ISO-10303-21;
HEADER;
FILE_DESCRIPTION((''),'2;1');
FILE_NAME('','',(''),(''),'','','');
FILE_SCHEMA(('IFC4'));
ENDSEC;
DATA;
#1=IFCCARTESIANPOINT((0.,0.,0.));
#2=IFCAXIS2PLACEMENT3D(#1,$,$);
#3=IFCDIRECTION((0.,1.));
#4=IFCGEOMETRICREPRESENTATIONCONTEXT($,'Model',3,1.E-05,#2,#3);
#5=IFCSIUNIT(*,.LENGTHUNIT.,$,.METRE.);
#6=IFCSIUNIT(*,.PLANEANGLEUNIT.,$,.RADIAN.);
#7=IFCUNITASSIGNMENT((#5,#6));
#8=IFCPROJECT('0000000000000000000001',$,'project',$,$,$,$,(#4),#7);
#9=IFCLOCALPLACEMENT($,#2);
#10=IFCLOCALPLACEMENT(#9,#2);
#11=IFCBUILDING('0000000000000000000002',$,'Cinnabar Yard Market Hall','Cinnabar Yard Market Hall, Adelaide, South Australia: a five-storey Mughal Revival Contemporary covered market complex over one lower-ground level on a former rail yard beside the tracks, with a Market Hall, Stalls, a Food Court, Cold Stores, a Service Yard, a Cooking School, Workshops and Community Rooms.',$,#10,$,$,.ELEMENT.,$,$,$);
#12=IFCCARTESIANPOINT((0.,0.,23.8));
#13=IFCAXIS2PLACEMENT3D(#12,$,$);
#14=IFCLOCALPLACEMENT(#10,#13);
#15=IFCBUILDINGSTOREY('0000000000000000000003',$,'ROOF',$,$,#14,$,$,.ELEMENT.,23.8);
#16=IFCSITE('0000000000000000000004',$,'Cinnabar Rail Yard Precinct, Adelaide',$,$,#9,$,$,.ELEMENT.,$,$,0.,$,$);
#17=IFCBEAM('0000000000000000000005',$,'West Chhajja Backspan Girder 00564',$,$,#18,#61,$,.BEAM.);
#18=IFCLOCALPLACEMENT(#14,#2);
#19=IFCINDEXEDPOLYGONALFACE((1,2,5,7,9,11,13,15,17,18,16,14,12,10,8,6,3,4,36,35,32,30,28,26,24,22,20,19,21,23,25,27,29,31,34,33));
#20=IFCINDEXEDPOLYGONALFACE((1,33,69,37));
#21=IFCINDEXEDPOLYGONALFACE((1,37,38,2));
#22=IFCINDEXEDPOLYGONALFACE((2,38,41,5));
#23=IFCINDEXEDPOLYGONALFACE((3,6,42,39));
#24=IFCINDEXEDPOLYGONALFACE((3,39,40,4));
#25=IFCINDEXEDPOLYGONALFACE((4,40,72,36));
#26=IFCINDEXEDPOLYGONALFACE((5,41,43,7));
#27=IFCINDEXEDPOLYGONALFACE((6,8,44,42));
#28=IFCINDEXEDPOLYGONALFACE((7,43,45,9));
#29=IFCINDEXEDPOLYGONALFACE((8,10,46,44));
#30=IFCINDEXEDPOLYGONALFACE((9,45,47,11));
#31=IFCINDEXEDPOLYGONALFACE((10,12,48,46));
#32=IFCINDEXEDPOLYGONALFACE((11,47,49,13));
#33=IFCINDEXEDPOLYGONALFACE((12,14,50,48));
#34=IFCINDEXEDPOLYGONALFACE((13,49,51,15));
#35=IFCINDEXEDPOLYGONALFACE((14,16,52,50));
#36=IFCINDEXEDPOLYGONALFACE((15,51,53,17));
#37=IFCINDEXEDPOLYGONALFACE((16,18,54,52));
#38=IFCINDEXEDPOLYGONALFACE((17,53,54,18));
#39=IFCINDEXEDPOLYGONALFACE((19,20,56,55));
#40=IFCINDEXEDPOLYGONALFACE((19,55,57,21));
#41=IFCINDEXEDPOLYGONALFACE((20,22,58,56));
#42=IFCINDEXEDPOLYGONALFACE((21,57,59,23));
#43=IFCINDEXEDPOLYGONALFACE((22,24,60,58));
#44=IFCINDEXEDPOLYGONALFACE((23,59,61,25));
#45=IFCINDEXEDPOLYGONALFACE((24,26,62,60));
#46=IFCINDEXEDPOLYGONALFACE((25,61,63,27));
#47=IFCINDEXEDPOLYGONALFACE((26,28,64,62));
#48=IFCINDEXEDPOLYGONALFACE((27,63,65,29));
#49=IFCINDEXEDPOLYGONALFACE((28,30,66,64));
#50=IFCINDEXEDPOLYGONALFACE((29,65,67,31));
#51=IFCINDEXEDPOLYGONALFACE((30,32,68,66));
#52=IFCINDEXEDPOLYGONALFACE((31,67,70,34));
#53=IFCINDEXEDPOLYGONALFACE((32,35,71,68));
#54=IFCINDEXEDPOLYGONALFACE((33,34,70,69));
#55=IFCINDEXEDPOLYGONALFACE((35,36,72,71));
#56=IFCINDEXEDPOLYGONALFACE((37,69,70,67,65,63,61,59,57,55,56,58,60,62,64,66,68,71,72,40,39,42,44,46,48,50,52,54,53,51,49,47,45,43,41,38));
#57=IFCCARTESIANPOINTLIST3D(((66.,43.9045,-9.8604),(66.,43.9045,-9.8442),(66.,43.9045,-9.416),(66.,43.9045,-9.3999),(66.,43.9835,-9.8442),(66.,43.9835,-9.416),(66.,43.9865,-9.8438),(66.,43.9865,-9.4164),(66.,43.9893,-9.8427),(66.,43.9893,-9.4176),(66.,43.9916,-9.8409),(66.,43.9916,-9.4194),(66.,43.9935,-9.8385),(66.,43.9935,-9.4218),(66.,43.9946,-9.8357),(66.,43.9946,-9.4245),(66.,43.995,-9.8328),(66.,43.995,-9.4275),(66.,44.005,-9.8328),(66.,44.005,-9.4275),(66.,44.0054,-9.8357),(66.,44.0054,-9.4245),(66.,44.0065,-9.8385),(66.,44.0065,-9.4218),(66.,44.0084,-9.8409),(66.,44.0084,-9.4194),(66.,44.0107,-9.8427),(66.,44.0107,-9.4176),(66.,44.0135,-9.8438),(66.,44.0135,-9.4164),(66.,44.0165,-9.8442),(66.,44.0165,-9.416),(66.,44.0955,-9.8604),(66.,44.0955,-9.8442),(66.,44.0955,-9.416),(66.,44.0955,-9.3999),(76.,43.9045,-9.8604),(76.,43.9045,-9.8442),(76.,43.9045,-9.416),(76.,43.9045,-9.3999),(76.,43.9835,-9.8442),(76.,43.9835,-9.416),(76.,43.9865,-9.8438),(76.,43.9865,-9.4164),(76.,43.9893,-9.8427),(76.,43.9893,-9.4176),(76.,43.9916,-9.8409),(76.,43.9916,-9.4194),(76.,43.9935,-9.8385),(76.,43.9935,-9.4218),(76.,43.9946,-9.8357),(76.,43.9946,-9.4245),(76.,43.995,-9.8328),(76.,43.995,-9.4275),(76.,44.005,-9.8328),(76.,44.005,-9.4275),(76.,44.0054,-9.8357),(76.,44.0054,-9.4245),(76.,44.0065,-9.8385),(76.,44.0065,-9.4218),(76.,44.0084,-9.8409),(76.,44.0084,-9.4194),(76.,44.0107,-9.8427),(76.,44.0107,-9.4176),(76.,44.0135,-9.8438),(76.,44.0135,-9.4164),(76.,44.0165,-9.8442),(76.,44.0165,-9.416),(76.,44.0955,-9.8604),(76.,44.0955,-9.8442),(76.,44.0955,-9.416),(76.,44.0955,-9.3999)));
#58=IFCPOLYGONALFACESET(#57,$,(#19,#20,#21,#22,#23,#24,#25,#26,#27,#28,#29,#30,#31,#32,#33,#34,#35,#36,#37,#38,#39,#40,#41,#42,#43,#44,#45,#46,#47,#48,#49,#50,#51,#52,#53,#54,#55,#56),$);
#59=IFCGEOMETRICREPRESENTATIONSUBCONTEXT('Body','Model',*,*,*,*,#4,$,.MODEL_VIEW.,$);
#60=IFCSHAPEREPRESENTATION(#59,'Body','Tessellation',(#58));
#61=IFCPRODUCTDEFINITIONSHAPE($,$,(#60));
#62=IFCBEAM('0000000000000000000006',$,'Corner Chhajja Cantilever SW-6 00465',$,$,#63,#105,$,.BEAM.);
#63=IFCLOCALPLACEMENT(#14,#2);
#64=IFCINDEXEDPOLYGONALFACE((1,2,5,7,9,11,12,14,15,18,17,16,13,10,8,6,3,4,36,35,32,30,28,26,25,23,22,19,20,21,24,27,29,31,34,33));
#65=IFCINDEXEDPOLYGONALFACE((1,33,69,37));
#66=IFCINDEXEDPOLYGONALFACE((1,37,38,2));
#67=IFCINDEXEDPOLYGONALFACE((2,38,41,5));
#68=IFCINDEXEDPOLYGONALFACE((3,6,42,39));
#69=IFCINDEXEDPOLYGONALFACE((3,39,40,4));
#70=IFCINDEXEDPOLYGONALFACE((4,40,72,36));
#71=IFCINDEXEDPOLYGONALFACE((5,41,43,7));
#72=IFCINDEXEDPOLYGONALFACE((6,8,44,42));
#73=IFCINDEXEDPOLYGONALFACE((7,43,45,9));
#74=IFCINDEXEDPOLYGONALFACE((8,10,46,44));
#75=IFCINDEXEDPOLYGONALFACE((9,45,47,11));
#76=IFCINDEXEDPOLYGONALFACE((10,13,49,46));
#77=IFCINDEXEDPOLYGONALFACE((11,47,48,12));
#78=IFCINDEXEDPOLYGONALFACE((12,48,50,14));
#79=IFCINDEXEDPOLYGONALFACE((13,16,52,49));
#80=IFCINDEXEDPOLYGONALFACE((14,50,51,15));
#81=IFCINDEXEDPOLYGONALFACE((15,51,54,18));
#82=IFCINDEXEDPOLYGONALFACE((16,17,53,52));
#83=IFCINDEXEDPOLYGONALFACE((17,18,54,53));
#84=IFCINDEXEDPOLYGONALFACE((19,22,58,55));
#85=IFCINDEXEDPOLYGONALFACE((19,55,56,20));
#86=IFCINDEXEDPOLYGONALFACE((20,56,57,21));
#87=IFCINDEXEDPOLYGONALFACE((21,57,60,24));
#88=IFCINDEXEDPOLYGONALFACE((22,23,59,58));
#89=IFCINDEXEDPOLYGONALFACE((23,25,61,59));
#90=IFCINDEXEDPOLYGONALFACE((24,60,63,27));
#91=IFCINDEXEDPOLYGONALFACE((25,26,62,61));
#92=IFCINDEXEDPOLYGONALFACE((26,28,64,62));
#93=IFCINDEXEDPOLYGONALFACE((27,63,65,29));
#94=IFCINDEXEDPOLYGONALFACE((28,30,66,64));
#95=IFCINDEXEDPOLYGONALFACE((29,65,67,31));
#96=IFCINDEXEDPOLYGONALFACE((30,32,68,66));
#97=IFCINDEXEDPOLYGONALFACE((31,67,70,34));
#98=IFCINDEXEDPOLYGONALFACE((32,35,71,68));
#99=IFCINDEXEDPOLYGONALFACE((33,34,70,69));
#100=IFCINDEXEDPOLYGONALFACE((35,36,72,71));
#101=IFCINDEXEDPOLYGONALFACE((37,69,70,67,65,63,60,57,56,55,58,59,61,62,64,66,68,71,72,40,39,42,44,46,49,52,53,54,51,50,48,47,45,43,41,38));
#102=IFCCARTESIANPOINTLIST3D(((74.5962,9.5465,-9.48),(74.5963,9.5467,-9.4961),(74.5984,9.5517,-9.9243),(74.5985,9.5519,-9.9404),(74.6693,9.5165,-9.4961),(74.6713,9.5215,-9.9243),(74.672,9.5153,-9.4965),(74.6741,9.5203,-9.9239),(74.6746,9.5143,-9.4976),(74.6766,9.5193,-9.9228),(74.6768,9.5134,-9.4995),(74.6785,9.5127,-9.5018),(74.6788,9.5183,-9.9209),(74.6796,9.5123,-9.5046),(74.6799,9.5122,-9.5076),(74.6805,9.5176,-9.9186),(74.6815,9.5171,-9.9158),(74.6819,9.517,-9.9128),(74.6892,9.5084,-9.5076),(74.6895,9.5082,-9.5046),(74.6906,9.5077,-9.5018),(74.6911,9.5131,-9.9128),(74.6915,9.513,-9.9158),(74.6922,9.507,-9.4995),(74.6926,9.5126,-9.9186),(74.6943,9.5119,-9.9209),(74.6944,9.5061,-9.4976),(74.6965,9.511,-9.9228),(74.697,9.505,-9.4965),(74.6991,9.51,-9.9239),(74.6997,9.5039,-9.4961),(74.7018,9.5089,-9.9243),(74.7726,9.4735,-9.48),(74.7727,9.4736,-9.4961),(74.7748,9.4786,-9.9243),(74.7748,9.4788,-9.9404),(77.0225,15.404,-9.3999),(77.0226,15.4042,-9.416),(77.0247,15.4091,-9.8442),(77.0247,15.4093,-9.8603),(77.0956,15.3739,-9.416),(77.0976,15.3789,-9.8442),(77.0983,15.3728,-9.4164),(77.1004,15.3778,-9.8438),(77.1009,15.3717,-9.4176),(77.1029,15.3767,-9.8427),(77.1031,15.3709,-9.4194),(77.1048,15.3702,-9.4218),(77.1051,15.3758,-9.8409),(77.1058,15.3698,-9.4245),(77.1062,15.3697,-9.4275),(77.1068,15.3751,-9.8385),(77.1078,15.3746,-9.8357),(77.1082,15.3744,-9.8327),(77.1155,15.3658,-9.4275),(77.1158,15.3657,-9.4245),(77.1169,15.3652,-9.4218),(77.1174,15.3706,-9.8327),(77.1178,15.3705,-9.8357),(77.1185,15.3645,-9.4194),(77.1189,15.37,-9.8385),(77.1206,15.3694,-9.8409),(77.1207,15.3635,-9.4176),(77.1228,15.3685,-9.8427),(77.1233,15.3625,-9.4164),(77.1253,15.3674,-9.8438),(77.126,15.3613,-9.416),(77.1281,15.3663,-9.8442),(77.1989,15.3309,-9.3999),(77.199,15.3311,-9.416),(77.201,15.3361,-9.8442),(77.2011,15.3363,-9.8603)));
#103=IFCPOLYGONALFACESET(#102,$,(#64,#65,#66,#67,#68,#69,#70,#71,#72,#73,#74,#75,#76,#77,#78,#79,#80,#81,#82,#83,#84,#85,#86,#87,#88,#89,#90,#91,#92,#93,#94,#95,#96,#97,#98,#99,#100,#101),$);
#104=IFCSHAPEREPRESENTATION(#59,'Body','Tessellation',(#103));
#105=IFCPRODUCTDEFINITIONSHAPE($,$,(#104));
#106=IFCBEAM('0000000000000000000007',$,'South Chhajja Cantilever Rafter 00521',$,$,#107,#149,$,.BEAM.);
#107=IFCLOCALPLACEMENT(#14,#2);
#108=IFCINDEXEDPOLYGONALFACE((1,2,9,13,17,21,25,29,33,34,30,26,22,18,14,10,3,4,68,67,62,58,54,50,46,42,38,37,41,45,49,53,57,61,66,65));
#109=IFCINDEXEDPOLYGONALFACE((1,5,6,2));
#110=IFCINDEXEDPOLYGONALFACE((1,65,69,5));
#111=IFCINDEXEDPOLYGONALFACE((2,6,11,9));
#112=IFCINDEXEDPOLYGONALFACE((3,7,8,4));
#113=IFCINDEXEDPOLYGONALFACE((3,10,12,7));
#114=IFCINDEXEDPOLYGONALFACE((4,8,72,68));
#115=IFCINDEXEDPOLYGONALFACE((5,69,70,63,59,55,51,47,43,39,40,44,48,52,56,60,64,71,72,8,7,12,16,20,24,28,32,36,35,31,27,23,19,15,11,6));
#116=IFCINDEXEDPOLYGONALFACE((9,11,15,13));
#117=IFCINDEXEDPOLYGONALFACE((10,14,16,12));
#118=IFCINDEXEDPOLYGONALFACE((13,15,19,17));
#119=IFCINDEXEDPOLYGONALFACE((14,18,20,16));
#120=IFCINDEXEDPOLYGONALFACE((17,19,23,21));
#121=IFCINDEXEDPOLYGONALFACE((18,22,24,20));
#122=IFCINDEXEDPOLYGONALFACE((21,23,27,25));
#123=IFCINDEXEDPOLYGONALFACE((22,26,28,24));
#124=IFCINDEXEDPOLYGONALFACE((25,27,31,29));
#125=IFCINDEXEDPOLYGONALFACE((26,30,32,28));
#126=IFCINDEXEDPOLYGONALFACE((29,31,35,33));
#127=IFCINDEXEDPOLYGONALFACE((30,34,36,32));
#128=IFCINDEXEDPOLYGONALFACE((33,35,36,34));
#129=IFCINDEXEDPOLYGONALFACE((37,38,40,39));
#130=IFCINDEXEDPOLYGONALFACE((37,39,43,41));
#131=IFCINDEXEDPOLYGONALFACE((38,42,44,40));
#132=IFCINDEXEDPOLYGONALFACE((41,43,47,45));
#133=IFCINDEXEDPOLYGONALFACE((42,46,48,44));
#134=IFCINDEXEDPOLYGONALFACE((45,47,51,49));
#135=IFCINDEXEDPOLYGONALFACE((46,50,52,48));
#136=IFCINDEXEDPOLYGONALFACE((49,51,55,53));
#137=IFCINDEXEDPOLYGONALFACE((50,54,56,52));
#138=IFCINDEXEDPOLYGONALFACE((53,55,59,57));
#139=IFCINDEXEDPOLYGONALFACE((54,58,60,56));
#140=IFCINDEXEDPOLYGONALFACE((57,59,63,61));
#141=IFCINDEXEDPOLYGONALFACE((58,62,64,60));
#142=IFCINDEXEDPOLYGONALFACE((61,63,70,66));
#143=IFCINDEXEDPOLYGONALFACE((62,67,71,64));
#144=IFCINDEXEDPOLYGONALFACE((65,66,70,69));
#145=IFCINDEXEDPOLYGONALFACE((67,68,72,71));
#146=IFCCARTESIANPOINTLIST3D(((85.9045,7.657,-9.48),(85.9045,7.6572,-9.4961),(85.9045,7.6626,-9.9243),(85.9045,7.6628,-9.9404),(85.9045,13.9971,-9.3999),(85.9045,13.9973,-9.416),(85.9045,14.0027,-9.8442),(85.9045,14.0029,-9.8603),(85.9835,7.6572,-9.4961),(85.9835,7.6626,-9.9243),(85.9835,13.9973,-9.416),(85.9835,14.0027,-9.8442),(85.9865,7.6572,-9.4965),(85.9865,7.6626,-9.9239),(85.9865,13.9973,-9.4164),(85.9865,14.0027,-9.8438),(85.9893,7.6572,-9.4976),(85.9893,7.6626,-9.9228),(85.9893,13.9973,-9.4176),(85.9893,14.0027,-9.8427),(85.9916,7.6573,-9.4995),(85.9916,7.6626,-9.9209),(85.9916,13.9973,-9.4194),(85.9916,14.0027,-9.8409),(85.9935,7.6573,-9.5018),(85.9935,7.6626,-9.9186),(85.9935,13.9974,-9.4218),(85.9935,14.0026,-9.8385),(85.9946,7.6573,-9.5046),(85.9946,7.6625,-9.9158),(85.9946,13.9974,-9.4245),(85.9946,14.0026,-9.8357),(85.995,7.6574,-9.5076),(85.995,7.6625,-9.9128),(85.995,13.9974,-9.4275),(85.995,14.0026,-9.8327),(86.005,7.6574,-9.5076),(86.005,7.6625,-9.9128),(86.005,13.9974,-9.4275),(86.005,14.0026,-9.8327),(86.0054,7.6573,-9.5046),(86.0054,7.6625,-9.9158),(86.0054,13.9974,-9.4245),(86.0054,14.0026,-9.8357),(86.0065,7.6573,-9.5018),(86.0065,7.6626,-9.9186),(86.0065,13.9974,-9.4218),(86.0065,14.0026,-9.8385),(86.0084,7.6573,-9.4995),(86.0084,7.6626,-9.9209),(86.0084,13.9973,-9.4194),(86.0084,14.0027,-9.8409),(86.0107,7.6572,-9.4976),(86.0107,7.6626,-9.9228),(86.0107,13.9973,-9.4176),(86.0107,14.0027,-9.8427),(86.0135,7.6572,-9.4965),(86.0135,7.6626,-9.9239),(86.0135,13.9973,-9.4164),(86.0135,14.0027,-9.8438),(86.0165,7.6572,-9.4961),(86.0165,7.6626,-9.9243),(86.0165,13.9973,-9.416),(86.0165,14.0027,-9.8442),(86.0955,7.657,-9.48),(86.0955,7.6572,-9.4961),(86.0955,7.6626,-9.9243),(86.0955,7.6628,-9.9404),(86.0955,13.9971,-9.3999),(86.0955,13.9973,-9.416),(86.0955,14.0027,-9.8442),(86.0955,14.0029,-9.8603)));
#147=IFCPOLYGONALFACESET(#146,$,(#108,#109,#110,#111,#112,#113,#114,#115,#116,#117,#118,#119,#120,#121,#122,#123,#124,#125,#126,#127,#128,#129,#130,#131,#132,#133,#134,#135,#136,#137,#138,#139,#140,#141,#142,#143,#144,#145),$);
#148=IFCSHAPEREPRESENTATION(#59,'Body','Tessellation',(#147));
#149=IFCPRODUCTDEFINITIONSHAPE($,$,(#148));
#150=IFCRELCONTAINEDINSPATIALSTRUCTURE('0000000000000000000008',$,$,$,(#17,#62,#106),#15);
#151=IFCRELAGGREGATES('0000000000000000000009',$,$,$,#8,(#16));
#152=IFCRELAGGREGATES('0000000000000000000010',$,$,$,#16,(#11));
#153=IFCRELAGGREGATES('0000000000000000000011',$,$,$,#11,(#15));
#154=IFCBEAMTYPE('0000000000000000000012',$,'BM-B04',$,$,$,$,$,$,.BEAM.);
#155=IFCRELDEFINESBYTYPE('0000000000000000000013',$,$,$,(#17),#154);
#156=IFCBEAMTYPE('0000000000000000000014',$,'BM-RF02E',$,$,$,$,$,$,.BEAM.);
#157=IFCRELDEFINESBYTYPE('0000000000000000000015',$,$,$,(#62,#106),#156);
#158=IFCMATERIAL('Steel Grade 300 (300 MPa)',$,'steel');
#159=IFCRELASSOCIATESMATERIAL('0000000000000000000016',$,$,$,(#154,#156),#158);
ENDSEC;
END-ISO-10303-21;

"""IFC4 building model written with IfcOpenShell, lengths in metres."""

from ifc_helpers import new_model, si_unit, direction, frame, origin, origin_2d_with_axis, place, context, subcontext, project, spatial, i_section, extrude, material, material_profile, profile_set, type_object, element, save


model = new_model("IFC4")

# Units and contexts
model_context = context("Model", 3, precision=1e-05, world=origin(), true_north=direction((0.0, 1.0)))
body_context = subcontext(model_context, "Body", "Model", "MODEL_VIEW")
ifc_project = project(units=[si_unit("LENGTHUNIT", "METRE"), si_unit("PLANEANGLEUNIT", "RADIAN")], contexts=[model_context])

# Site, building, storey
site_placement = place(None, origin())
site = spatial("IfcSite", under=ifc_project, at=site_placement, Name="Cinnabar Rail Yard Precinct, Adelaide", CompositionType="ELEMENT", RefElevation=0.0)
building_placement = place(site_placement, origin())
building = spatial("IfcBuilding", under=site, at=building_placement, Name="Cinnabar Yard Market Hall", Description="Cinnabar Yard Market Hall, Adelaide, South Australia: a five-storey Mughal Revival Contemporary covered market complex over one lower-ground level on a former rail yard beside the tracks, with a Market Hall, Stalls, a Food Court, Cold Stores, a Service Yard, a Cooking School, Workshops and Community Rooms.", CompositionType="ELEMENT")
storey_placement = place(building_placement, frame((0.0, 0.0, 23.8)))
storey = spatial("IfcBuildingStorey", under=building, at=storey_placement, Name="ROOF", CompositionType="ELEMENT", Elevation=23.8)

# Beams
ifc_material_1 = material(Name="Steel Grade 300 (300 MPa)", Category="steel")
ifc_material_profile_1 = material_profile(ifc_material_1, i_section(OverallWidth=0.1909, OverallDepth=0.4604, WebThickness=0.01, FlangeThickness=0.0161, FilletRadius=0.0115, at=origin_2d_with_axis()), Name="460UB82.1")
ifc_profile_set_1 = profile_set([ifc_material_profile_1], Name="Steel Grade 300 (300 MPa)")
beam_type_1 = type_object("IfcBeamType", Name="BM-B04", PredefinedType="BEAM", material=ifc_profile_set_1)
for number, where, z_axis, x_axis, name in (
    (1, (76.0, 44.0, -9.6301), (-1.0, 0.0, 0.0), (0.0, -1.0, 0.0), "West Chhajja Backspan Girder 00564"),
):
    element("IfcBeam", number, at=place(storey_placement, frame(where, z_axis=z_axis, x_axis=x_axis)), inside=storey, type_object=beam_type_1, Name=name, PredefinedType="BEAM", context=body_context, shape_type="SweptSolid", body=[
        extrude(i_section(OverallWidth=0.1909, OverallDepth=0.4604, WebThickness=0.01, FlangeThickness=0.0161, FilletRadius=0.0115, at=origin_2d_with_axis()), origin(), (0.0, 0.0, 1.0), 10.0),
    ])
ifc_material_profile_2 = material_profile(ifc_material_1, i_section(OverallWidth=0.1909, OverallDepth=0.4604, WebThickness=0.01, FlangeThickness=0.0161, FilletRadius=0.0115, at=origin_2d_with_axis()), Name="460UB82.1")
ifc_profile_set_2 = profile_set([ifc_material_profile_2], Name="Steel Grade 300 (300 MPa)")
beam_type_2 = type_object("IfcBeamType", Name="BM-RF02E", PredefinedType="BEAM", material=ifc_profile_set_2)
for number, where, z_axis, x_axis, name in (
    (2, (77.1118, 15.3701, -9.6301), (-0.382659, -0.923803, -0.01263), (0.923877, -0.38269, 0.0), "Corner Chhajja Cantilever SW-6 00465"),
    (3, (86.0, 14.0, -9.6301), (0.0, -0.99992, -0.012629), (1.0, 0.0, 0.0), "South Chhajja Cantilever Rafter 00521"),
):
    element("IfcBeam", number, at=place(storey_placement, frame(where, z_axis=z_axis, x_axis=x_axis)), inside=storey, type_object=beam_type_2, Name=name, PredefinedType="BEAM", context=body_context, shape_type="SweptSolid", body=[
        extrude(i_section(OverallWidth=0.1909, OverallDepth=0.4604, WebThickness=0.01, FlangeThickness=0.0161, FilletRadius=0.0115, at=origin_2d_with_axis()), origin(), (0.0, 0.0, 1.0), 6.3406),
    ])

save(model, "model.ifc")
